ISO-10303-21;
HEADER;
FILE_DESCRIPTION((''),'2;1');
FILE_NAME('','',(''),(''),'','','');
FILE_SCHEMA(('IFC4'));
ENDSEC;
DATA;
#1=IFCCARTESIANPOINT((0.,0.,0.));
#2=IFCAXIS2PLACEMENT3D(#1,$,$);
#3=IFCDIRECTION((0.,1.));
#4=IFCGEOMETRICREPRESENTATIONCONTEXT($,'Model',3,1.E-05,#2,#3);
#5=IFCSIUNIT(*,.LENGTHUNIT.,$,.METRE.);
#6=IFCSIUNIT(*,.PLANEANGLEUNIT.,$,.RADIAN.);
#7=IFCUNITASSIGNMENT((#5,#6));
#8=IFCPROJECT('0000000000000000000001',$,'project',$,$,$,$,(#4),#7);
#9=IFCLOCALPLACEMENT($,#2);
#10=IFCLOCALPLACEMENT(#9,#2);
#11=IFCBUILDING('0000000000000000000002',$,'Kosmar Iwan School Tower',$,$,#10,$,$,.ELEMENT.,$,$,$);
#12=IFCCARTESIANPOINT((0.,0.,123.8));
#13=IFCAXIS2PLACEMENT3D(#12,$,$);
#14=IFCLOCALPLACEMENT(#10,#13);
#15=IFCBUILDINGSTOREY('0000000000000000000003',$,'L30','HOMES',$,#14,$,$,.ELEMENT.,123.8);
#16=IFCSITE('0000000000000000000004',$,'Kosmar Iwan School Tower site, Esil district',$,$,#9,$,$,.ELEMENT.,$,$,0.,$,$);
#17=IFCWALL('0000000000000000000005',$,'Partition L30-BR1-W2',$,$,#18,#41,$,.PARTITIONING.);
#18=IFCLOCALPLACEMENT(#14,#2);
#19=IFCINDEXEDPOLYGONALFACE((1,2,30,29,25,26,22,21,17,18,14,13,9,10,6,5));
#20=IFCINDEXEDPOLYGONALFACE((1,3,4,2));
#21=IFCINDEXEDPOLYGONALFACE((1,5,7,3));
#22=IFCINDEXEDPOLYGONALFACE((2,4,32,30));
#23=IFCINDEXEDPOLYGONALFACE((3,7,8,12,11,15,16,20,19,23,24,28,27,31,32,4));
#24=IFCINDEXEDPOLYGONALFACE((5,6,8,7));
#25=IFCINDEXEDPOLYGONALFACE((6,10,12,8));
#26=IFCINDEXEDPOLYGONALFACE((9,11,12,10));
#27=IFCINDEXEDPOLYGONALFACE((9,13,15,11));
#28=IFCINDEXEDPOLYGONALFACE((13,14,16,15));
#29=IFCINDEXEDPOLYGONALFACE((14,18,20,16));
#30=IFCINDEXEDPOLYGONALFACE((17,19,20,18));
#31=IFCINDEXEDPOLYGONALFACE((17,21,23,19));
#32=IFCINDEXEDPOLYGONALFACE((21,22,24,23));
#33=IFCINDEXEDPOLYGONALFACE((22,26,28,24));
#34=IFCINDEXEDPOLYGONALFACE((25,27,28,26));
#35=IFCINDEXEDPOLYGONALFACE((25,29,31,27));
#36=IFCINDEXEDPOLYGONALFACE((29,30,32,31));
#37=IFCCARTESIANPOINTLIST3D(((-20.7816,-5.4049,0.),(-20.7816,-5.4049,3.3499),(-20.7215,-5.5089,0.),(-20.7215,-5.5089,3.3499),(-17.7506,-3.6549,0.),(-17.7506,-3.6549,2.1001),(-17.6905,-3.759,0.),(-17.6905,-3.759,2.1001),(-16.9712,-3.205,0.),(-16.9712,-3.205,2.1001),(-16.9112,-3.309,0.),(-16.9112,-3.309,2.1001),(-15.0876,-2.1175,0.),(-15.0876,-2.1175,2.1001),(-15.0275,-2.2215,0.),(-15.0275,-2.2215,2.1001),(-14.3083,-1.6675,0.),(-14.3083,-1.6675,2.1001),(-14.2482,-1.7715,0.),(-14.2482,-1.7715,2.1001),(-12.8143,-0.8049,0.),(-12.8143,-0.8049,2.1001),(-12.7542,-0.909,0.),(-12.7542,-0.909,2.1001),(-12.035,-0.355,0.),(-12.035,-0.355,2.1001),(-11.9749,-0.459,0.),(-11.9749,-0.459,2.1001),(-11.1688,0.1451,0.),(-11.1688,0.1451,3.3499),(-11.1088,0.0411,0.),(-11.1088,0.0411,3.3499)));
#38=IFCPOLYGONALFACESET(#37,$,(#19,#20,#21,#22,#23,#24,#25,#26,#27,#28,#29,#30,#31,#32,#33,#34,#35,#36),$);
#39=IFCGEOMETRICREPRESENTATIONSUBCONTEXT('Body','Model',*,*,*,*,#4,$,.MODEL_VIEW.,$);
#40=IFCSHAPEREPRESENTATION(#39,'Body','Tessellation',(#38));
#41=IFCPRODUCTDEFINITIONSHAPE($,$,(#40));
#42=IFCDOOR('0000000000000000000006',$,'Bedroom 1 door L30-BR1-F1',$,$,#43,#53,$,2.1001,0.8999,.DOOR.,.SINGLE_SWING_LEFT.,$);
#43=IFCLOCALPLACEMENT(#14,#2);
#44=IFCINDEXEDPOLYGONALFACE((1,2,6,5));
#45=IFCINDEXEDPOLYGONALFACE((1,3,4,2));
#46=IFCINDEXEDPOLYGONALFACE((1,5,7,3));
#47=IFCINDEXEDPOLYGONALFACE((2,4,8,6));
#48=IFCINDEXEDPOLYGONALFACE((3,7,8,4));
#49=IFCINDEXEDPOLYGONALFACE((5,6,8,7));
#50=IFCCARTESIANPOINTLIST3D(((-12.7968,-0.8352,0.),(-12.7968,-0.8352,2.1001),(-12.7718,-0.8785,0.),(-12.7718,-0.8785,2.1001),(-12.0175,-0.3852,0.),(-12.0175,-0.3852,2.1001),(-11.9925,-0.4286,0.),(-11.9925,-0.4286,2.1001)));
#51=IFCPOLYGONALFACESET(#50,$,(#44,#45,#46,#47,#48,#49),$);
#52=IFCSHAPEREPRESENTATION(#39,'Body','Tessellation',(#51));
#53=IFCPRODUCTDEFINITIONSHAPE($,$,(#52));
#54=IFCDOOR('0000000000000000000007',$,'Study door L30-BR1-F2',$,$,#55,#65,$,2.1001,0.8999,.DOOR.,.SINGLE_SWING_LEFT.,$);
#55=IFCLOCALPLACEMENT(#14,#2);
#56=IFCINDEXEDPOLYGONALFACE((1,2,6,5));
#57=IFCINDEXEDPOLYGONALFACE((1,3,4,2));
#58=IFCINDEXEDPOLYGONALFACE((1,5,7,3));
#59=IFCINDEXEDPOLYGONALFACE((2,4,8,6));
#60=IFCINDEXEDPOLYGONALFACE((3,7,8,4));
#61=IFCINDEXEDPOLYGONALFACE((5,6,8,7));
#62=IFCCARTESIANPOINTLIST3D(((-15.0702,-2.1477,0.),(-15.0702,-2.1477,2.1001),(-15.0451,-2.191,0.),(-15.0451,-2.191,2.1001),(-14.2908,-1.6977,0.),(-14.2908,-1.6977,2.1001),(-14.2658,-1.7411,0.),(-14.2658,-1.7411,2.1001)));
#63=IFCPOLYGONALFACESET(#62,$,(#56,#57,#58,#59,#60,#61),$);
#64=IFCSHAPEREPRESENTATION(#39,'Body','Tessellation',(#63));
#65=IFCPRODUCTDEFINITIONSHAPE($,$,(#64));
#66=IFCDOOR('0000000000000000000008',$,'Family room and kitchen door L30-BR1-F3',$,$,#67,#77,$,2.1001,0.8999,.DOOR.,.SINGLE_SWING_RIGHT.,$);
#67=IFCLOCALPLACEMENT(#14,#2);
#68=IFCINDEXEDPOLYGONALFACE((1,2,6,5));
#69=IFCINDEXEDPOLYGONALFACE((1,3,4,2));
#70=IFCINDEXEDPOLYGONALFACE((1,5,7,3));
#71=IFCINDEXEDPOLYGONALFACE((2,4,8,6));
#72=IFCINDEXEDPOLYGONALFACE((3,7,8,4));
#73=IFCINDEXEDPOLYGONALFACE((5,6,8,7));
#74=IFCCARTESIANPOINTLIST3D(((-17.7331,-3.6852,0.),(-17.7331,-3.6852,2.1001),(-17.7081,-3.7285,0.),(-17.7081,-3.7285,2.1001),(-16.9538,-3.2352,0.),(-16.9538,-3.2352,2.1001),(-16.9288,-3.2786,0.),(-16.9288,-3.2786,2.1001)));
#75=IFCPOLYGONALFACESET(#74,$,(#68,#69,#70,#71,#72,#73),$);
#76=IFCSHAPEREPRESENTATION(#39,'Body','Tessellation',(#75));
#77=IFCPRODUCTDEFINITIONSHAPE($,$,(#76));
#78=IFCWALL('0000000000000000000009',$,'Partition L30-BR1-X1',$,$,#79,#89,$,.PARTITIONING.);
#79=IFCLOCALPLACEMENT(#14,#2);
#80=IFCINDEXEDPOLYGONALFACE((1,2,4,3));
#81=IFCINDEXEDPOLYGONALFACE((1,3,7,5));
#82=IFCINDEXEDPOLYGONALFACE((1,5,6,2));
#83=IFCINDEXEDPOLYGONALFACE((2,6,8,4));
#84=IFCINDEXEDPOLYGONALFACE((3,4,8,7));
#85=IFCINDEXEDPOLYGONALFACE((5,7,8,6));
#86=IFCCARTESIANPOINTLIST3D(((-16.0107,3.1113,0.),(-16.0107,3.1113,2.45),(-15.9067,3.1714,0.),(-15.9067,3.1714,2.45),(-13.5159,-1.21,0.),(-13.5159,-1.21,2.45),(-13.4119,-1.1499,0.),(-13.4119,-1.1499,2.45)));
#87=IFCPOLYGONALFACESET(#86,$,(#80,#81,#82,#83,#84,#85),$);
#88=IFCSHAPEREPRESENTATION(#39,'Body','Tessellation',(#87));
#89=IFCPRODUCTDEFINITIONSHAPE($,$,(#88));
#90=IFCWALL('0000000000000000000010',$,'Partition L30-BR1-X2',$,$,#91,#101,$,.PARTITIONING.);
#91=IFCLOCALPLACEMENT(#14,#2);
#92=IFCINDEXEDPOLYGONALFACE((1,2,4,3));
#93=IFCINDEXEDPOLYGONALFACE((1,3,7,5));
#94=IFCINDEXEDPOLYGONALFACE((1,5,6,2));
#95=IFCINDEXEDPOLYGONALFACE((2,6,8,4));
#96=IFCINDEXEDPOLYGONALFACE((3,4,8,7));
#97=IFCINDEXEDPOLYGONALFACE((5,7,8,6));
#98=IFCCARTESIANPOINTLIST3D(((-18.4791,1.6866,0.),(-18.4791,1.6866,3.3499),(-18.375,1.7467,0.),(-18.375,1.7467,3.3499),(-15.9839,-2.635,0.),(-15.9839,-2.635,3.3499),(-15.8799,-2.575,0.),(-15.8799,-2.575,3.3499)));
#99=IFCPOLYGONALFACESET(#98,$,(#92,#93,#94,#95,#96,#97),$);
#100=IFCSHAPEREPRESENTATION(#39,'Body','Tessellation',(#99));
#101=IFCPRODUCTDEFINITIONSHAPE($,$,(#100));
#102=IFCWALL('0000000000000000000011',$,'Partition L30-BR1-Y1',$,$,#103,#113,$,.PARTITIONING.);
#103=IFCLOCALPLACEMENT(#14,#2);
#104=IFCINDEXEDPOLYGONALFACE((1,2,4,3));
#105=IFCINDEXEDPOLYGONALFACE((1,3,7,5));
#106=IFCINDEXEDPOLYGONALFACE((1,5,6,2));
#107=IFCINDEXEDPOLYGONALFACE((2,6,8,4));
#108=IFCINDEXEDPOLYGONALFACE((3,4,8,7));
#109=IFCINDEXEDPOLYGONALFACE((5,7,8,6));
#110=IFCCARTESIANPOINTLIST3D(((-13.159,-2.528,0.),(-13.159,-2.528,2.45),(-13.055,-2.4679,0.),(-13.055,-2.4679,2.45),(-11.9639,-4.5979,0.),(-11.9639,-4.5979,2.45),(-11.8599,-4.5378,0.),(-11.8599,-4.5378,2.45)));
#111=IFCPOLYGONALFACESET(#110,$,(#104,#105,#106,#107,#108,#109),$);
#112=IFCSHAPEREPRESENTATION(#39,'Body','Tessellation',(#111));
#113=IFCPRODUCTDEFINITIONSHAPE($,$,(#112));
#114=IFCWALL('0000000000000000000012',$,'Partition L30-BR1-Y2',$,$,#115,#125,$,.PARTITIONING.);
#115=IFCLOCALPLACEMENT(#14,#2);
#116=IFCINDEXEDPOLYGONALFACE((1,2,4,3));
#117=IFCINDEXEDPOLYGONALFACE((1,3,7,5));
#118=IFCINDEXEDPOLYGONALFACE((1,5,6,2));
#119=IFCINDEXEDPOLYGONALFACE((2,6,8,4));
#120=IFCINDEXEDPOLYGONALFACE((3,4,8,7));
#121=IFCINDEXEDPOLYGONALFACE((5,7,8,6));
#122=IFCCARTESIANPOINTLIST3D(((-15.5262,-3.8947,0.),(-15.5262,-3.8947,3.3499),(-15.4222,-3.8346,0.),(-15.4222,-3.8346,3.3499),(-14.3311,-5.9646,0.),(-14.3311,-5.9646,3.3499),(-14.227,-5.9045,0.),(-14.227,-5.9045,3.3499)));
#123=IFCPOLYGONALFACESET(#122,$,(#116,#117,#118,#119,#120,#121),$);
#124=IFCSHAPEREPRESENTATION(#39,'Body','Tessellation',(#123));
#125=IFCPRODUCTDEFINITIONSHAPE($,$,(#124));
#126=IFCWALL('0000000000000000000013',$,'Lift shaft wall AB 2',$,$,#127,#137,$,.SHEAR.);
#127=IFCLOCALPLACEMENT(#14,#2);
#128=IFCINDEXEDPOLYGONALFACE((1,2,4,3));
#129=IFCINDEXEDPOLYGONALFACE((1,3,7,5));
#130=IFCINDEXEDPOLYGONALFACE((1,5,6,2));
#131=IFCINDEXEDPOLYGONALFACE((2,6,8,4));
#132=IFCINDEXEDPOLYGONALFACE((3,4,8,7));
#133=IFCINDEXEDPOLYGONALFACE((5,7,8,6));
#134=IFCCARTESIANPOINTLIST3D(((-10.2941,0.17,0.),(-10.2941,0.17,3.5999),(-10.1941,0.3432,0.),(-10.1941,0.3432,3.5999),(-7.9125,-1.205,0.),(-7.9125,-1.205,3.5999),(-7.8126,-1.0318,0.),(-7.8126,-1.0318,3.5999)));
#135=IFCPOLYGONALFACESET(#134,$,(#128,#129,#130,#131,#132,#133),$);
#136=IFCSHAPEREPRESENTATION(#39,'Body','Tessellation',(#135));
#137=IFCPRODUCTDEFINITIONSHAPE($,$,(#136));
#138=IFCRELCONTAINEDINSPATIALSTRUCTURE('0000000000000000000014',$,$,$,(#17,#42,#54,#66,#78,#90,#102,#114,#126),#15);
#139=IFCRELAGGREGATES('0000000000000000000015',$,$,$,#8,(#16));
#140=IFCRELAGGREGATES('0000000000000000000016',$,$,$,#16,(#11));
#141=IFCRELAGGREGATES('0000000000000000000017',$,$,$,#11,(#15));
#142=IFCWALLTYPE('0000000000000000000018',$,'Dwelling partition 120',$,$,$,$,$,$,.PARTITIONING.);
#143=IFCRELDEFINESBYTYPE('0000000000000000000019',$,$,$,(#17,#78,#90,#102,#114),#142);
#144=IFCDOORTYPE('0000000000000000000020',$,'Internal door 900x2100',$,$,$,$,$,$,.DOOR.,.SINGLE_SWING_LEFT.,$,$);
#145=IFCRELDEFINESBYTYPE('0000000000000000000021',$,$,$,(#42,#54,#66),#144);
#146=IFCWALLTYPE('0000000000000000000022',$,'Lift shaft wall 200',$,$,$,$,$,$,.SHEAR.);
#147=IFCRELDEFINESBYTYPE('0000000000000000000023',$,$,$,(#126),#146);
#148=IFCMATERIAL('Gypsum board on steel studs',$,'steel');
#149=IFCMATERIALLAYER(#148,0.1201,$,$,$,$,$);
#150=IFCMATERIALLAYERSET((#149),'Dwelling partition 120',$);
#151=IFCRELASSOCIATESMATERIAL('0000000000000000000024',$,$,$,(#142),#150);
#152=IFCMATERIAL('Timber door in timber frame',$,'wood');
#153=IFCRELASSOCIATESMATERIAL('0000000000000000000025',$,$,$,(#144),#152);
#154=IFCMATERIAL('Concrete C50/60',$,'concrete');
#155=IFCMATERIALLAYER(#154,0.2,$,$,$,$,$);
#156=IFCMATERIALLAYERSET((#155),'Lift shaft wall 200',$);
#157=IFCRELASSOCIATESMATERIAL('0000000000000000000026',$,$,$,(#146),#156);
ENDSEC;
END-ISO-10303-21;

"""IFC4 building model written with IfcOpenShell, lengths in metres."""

from ifc_helpers import new_model, si_unit, direction, frame, frame_2d, origin, place, context, subcontext, project, spatial, rectangle, extrude, material, layer, layer_set, type_object, element, fill, save


model = new_model("IFC4")

# Units and contexts
model_context = context("Model", 3, precision=1e-05, world=origin(), true_north=direction((0.0, 1.0)))
body_context = subcontext(model_context, "Body", "Model", "MODEL_VIEW")
ifc_project = project(units=[si_unit("LENGTHUNIT", "METRE"), si_unit("PLANEANGLEUNIT", "RADIAN")], contexts=[model_context])

# Site, building, storey
site_placement = place(None, origin())
site = spatial("IfcSite", under=ifc_project, at=site_placement, Name="Kosmar Iwan School Tower site, Esil district", CompositionType="ELEMENT", RefElevation=0.0)
building_placement = place(site_placement, origin())
building = spatial("IfcBuilding", under=site, at=building_placement, Name="Kosmar Iwan School Tower", CompositionType="ELEMENT")
storey_placement = place(building_placement, frame((0.0, 0.0, 123.8)))
storey = spatial("IfcBuildingStorey", under=building, at=storey_placement, Name="L30", Description="HOMES", CompositionType="ELEMENT", Elevation=123.8)

# Wall, openings, doors
ifc_material_1 = material(Name="Gypsum board on steel studs", Category="steel")
ifc_layer_1 = layer(ifc_material_1, 0.1201)
ifc_layer_set_1 = layer_set([ifc_layer_1], Name="Dwelling partition 120")
wall_type_1 = type_object("IfcWallType", Name="Dwelling partition 120", PredefinedType="PARTITIONING", material=ifc_layer_set_1)
ifc_material_2 = material(Name="Timber door in timber frame", Category="wood")
door_type_1 = type_object("IfcDoorType", Name="Internal door 900x2100", OperationType="SINGLE_SWING_LEFT", PredefinedType="DOOR", material=ifc_material_2)
wall_1_placement = place(storey_placement, frame((-11.1389, 0.093, 0.0), z_axis=(0.0, 0.0, 1.0), x_axis=(-0.866021, -0.500007, 0.0)))
wall_1 = element("IfcWall", 1, at=wall_1_placement, inside=storey, type_object=wall_type_1, Name="Partition L30-BR1-W2", PredefinedType="PARTITIONING", context=body_context, shape_type="SweptSolid", body=[
    extrude(rectangle(XDim=11.0999, YDim=0.1201, at=frame_2d((5.5498, 0.0))), origin(), (0.0, 0.0, 1.0), 3.3499),
])
opening_1_placement = place(wall_1_placement, frame((1.0, 0.0, 0.0)))
opening_1 = element("IfcOpeningElement", 2, at=opening_1_placement, cuts=wall_1, PredefinedType="OPENING", context=body_context, shape_type="SweptSolid", body=[
    extrude(rectangle(XDim=0.8999, YDim=2.1001, at=frame_2d((0.45, 1.05))), frame((0.0, 0.072, 0.0), z_axis=(0.0, -1.0, 0.0), x_axis=(1.0, 0.0, 0.0)), (0.0, 0.0, 1.0), 0.144),
])
opening_2_placement = place(wall_1_placement, frame((3.625, 0.0, 0.0)))
opening_2 = element("IfcOpeningElement", 3, at=opening_2_placement, cuts=wall_1, PredefinedType="OPENING", context=body_context, shape_type="SweptSolid", body=[
    extrude(rectangle(XDim=0.8999, YDim=2.1001, at=frame_2d((0.45, 1.05))), frame((0.0, 0.072, 0.0), z_axis=(0.0, -1.0, 0.0), x_axis=(1.0, 0.0, 0.0)), (0.0, 0.0, 1.0), 0.144),
])
opening_3_placement = place(wall_1_placement, frame((6.7, 0.0, 0.0)))
opening_3 = element("IfcOpeningElement", 4, at=opening_3_placement, cuts=wall_1, PredefinedType="OPENING", context=body_context, shape_type="SweptSolid", body=[
    extrude(rectangle(XDim=0.8999, YDim=2.1001, at=frame_2d((0.45, 1.05))), frame((0.0, 0.072, 0.0), z_axis=(0.0, -1.0, 0.0), x_axis=(1.0, 0.0, 0.0)), (0.0, 0.0, 1.0), 0.144),
])
door_1_placement = place(opening_1_placement, origin())
door_1 = element("IfcDoor", 5, at=door_1_placement, inside=storey, type_object=door_type_1, Name="Bedroom 1 door L30-BR1-F1", OperationType="SINGLE_SWING_LEFT", OverallHeight=2.1001, OverallWidth=0.8999, PredefinedType="DOOR", context=body_context, shape_type="SweptSolid", body=[
    extrude(rectangle(XDim=0.8999, YDim=2.1001, at=frame_2d((0.45, 1.05))), frame((0.0, 0.0249, 0.0), z_axis=(0.0, -1.0, 0.0), x_axis=(1.0, 0.0, 0.0)), (0.0, 0.0, 1.0), 0.05),
])
fill(opening_1, door_1)
door_2_placement = place(opening_2_placement, origin())
door_2 = element("IfcDoor", 6, at=door_2_placement, inside=storey, type_object=door_type_1, Name="Study door L30-BR1-F2", OperationType="SINGLE_SWING_LEFT", OverallHeight=2.1001, OverallWidth=0.8999, PredefinedType="DOOR", context=body_context, shape_type="SweptSolid", body=[
    extrude(rectangle(XDim=0.8999, YDim=2.1001, at=frame_2d((0.45, 1.05))), frame((0.0, 0.0249, 0.0), z_axis=(0.0, -1.0, 0.0), x_axis=(1.0, 0.0, 0.0)), (0.0, 0.0, 1.0), 0.05),
])
fill(opening_2, door_2)
door_3_placement = place(opening_3_placement, origin())
door_3 = element("IfcDoor", 7, at=door_3_placement, inside=storey, type_object=door_type_1, Name="Family room and kitchen door L30-BR1-F3", OperationType="SINGLE_SWING_RIGHT", OverallHeight=2.1001, OverallWidth=0.8999, PredefinedType="DOOR", context=body_context, shape_type="SweptSolid", body=[
    extrude(rectangle(XDim=0.8999, YDim=2.1001, at=frame_2d((0.45, 1.05))), frame((0.0, 0.0249, 0.0), z_axis=(0.0, -1.0, 0.0), x_axis=(1.0, 0.0, 0.0)), (0.0, 0.0, 1.0), 0.05),
])
fill(opening_3, door_3)

# Walls
wall_2_placement = place(storey_placement, frame((-13.4639, -1.1799, 0.0), z_axis=(0.0, 0.0, 1.0), x_axis=(-0.499996, 0.866028, 0.0)))
element("IfcWall", 8, at=wall_2_placement, inside=storey, type_object=wall_type_1, Name="Partition L30-BR1-X1", PredefinedType="PARTITIONING", context=body_context, shape_type="SweptSolid", body=[
    extrude(rectangle(XDim=4.9897, YDim=0.1201, at=frame_2d((2.4949, 0.0))), origin(), (0.0, 0.0, 1.0), 2.45),
])
wall_3_placement = place(storey_placement, frame((-15.9319, -2.605, 0.0), z_axis=(0.0, 0.0, 1.0), x_axis=(-0.500012, 0.866019, 0.0)))
element("IfcWall", 9, at=wall_3_placement, inside=storey, type_object=wall_type_1, Name="Partition L30-BR1-X2", PredefinedType="PARTITIONING", context=body_context, shape_type="SweptSolid", body=[
    extrude(rectangle(XDim=4.9902, YDim=0.1201, at=frame_2d((2.4951, 0.0))), origin(), (0.0, 0.0, 1.0), 3.3499),
])
wall_4_placement = place(storey_placement, frame((-11.9119, -4.5679, 0.0), z_axis=(0.0, 0.0, 1.0), x_axis=(-0.500017, 0.866015, 0.0)))
element("IfcWall", 10, at=wall_4_placement, inside=storey, type_object=wall_type_1, Name="Partition L30-BR1-Y1", PredefinedType="PARTITIONING", context=body_context, shape_type="SweptSolid", body=[
    extrude(rectangle(XDim=2.3901, YDim=0.1201, at=frame_2d((1.1951, 0.0))), origin(), (0.0, 0.0, 1.0), 2.45),
])
wall_5_placement = place(storey_placement, frame((-14.2791, -5.9346, 0.0), z_axis=(0.0, 0.0, 1.0), x_axis=(-0.500017, 0.866015, 0.0)))
element("IfcWall", 11, at=wall_5_placement, inside=storey, type_object=wall_type_1, Name="Partition L30-BR1-Y2", PredefinedType="PARTITIONING", context=body_context, shape_type="SweptSolid", body=[
    extrude(rectangle(XDim=2.3901, YDim=0.1201, at=frame_2d((1.1951, 0.0))), origin(), (0.0, 0.0, 1.0), 3.3499),
])
ifc_material_3 = material(Name="Concrete C50/60", Category="concrete")
ifc_layer_2 = layer(ifc_material_3, 0.2)
ifc_layer_set_2 = layer_set([ifc_layer_2], Name="Lift shaft wall 200")
wall_type_2 = type_object("IfcWallType", Name="Lift shaft wall 200", PredefinedType="SHEAR", material=ifc_layer_set_2)
wall_6_placement = place(storey_placement, frame((-7.8625, -1.1184, 0.0), z_axis=(0.0, 0.0, 1.0), x_axis=(-0.866027, 0.499997, 0.0)))
element("IfcWall", 12, at=wall_6_placement, inside=storey, type_object=wall_type_2, Name="Lift shaft wall AB 2", PredefinedType="SHEAR", context=body_context, shape_type="SweptSolid", body=[
    extrude(rectangle(XDim=2.75, YDim=0.2, at=frame_2d((1.375, 0.0))), origin(), (0.0, 0.0, 1.0), 3.5999),
])

save(model, "model.ifc")
